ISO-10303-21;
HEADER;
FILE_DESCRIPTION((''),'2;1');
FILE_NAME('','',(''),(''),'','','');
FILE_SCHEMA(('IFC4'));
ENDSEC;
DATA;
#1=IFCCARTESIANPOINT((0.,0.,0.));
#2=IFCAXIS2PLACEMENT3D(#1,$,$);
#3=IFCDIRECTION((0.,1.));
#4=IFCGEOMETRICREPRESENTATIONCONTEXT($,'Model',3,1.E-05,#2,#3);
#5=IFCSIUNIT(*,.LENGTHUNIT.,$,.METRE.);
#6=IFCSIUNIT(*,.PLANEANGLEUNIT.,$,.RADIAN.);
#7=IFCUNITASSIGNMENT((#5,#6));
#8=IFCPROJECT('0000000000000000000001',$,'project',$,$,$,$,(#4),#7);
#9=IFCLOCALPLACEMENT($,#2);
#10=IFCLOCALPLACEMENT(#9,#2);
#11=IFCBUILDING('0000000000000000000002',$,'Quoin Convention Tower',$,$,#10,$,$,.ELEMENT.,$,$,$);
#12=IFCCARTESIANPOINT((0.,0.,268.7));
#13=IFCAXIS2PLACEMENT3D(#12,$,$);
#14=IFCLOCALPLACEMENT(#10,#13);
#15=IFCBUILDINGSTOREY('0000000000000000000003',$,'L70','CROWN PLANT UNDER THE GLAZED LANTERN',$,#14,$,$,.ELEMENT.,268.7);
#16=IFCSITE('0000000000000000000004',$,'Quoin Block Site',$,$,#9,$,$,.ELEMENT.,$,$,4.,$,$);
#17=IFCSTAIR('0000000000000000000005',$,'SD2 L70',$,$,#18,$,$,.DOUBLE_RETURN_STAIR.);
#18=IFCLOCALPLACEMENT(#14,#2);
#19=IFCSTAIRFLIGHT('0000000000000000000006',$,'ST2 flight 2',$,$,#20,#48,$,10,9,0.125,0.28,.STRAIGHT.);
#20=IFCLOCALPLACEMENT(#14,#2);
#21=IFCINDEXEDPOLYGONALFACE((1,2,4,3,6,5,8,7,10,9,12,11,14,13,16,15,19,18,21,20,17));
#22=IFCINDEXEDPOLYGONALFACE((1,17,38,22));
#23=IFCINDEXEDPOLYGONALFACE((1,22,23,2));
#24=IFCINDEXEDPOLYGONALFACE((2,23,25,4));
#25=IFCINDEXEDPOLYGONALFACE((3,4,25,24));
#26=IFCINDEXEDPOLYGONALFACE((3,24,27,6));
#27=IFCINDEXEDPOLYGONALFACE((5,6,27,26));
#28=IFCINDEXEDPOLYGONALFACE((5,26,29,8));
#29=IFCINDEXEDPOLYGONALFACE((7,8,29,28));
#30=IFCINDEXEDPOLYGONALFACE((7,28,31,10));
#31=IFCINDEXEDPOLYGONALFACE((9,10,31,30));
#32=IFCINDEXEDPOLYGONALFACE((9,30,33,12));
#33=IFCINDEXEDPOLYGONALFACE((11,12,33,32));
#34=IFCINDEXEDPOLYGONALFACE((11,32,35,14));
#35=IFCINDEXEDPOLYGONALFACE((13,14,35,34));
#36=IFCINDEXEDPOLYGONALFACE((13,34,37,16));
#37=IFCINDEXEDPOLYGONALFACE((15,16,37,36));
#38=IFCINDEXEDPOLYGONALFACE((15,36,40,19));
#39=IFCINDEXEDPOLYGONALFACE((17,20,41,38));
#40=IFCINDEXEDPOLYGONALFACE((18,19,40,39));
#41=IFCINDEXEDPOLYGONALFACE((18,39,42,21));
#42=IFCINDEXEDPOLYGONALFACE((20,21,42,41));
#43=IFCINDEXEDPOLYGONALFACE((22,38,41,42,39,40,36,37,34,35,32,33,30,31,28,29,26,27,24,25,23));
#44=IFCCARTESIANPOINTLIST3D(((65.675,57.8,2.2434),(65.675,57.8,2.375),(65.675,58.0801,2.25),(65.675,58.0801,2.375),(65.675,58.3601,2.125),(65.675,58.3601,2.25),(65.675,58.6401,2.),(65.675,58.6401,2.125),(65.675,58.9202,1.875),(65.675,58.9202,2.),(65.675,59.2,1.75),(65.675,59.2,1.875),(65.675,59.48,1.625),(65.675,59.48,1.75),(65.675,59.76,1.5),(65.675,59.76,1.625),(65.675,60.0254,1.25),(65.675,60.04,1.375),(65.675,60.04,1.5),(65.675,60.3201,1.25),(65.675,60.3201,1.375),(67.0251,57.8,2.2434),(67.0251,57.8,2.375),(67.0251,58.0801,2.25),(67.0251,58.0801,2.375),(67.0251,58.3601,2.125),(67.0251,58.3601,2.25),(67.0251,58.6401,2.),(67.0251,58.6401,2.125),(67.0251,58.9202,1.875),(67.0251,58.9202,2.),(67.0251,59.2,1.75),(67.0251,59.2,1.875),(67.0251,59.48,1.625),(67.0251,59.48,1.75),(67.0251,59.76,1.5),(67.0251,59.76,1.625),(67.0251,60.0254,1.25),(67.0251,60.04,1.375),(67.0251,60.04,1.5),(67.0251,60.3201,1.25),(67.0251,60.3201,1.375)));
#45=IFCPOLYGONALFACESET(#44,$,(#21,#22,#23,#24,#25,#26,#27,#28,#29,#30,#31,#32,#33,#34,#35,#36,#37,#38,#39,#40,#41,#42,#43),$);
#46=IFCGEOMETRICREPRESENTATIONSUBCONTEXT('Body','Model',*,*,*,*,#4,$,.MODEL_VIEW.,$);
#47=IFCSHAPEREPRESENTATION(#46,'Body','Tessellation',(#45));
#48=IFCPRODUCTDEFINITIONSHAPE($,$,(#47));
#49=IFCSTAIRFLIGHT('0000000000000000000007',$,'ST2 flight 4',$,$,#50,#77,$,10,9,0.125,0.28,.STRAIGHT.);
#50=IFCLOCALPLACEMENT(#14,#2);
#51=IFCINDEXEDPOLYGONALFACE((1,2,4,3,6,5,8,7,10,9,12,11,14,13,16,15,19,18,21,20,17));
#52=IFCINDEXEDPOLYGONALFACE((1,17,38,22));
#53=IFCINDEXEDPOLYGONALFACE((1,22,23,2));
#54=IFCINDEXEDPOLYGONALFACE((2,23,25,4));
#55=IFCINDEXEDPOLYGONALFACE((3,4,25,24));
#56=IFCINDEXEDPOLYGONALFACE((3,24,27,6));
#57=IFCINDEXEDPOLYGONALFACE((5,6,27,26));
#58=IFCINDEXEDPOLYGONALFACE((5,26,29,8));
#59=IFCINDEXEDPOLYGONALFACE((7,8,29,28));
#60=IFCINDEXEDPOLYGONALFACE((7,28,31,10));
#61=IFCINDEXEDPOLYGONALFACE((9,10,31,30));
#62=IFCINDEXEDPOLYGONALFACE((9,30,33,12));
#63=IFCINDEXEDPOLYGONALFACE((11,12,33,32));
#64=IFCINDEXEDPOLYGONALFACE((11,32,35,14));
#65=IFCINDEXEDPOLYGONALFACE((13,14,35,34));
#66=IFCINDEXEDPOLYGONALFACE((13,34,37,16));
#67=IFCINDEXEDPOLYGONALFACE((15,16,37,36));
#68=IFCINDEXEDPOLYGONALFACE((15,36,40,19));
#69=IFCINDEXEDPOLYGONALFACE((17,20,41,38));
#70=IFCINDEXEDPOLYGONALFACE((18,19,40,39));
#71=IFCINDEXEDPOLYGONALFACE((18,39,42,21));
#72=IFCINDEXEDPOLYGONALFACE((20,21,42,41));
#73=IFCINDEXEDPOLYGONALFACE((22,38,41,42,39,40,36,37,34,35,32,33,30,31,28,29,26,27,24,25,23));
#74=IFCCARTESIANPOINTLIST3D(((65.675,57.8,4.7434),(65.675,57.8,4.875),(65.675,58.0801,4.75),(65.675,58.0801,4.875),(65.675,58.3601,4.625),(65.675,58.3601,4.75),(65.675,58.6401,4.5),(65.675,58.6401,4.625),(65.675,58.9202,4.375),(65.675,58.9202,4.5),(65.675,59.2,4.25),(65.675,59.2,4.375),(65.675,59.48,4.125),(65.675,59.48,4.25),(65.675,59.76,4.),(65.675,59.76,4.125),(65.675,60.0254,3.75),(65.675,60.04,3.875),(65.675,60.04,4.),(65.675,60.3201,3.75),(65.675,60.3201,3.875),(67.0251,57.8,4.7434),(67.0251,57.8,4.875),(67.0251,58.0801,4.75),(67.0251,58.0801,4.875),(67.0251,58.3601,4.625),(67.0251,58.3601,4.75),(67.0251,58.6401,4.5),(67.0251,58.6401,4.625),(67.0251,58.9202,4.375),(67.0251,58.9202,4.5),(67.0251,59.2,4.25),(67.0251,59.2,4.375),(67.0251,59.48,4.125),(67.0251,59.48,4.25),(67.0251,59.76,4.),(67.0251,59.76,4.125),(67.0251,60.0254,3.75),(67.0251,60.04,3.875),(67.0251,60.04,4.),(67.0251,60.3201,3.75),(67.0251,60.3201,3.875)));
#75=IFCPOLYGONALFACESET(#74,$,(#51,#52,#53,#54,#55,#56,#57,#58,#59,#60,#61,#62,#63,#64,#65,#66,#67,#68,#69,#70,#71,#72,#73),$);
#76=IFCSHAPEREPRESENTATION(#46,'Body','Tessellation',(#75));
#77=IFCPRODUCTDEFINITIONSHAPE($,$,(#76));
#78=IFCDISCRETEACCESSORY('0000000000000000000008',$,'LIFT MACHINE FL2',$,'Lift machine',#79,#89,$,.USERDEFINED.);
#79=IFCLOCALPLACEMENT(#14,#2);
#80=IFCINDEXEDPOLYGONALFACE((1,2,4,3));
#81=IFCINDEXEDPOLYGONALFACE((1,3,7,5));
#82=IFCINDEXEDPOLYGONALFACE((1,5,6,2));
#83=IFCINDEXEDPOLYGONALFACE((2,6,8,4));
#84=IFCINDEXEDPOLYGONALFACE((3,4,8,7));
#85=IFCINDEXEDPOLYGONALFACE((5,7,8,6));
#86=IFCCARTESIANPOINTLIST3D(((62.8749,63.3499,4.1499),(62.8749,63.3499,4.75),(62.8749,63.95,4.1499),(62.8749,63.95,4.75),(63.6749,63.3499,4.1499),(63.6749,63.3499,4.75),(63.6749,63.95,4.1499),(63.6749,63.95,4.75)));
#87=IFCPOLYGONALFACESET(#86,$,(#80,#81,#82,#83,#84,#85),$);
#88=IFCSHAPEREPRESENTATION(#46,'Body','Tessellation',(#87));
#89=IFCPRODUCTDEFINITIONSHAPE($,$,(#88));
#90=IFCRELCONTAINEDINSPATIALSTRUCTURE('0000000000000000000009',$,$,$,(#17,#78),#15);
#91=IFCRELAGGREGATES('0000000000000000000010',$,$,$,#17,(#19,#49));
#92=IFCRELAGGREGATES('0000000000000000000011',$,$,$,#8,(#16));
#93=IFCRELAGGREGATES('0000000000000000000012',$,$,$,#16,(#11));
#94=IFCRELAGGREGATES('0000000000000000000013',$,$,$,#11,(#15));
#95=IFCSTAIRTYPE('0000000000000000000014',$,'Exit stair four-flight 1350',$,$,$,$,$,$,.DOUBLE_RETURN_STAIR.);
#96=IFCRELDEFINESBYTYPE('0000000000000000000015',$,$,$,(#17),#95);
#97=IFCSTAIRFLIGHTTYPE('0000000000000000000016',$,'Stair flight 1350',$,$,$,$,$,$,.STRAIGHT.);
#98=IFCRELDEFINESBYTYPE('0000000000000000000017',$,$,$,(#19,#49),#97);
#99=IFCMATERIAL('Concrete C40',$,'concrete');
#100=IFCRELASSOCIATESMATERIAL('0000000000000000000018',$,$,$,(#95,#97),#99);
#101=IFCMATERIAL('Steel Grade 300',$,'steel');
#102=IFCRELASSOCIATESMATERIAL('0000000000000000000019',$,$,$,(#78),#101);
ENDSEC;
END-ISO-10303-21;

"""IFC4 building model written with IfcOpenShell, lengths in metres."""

from ifc_helpers import new_model, si_unit, direction, frame, origin, origin_2d, place, context, subcontext, project, spatial, polyline, rectangle, outline, extrude, material, type_object, element, aggregate, save


model = new_model("IFC4")

# Units and contexts
model_context = context("Model", 3, precision=1e-05, world=origin(), true_north=direction((0.0, 1.0)))
body_context = subcontext(model_context, "Body", "Model", "MODEL_VIEW")
ifc_project = project(units=[si_unit("LENGTHUNIT", "METRE"), si_unit("PLANEANGLEUNIT", "RADIAN")], contexts=[model_context])

# Site, building, storey
site_placement = place(None, origin())
site = spatial("IfcSite", under=ifc_project, at=site_placement, Name="Quoin Block Site", CompositionType="ELEMENT", RefElevation=4.0)
building_placement = place(site_placement, origin())
building = spatial("IfcBuilding", under=site, at=building_placement, Name="Quoin Convention Tower", CompositionType="ELEMENT")
storey_placement = place(building_placement, frame((0.0, 0.0, 268.7)))
storey = spatial("IfcBuildingStorey", under=building, at=storey_placement, Name="L70", Description="CROWN PLANT UNDER THE GLAZED LANTERN", CompositionType="ELEMENT", Elevation=268.7)

# Shared definitions
ifc_material_1 = material(Name="Concrete C40", Category="concrete")

# Shared definitions
ifc_material_2 = material(Name="Steel Grade 300", Category="steel")

# Stair, stair flights
stair_type = type_object("IfcStairType", Name="Exit stair four-flight 1350", PredefinedType="DOUBLE_RETURN_STAIR", material=ifc_material_1)
stair_placement = place(storey_placement, origin())
stair = element("IfcStair", 1, at=stair_placement, inside=storey, type_object=stair_type, Name="SD2 L70", PredefinedType="DOUBLE_RETURN_STAIR")
stair_flight_type = type_object("IfcStairFlightType", Name="Stair flight 1350", PredefinedType="STRAIGHT", material=ifc_material_1)
stair_flight_1_placement = place(storey_placement, frame((66.3501, 60.3201, 1.25), z_axis=(0.0, 0.0, 1.0), x_axis=(0.0, -1.0, 0.0)))
stair_flight_1 = element("IfcStairFlight", 2, at=stair_flight_1_placement, type_object=stair_flight_type, Name="ST2 flight 2", NumberOfRisers=10, NumberOfTreads=9, PredefinedType="STRAIGHT", RiserHeight=0.125, TreadLength=0.28, context=body_context, shape_type="SweptSolid", body=[
    extrude(outline(polyline([(0.0, 0.0), (0.0, 0.125), (0.28, 0.125), (0.28, 0.25), (0.5601, 0.25), (0.5601, 0.375), (0.8401, 0.375), (0.8401, 0.5), (1.1201, 0.5), (1.1201, 0.625), (1.3999, 0.625), (1.3999, 0.75), (1.6799, 0.75), (1.6799, 0.875), (1.96, 0.875), (1.96, 1.0), (2.24, 1.0), (2.24, 1.125), (2.52, 1.125), (2.52, 1.25), (2.52, 0.9934), (0.2947, 0.0), (0.0, 0.0)])), frame((0.0, 0.675, 0.0), z_axis=(0.0, -1.0, 0.0), x_axis=(1.0, 0.0, 0.0)), (0.0, 0.0, 1.0), 1.3501),
])
stair_flight_2_placement = place(storey_placement, frame((66.3501, 60.3201, 3.75), z_axis=(0.0, 0.0, 1.0), x_axis=(0.0, -1.0, 0.0)))
stair_flight_2 = element("IfcStairFlight", 3, at=stair_flight_2_placement, type_object=stair_flight_type, Name="ST2 flight 4", NumberOfRisers=10, NumberOfTreads=9, PredefinedType="STRAIGHT", RiserHeight=0.125, TreadLength=0.28, context=body_context, shape_type="SweptSolid", body=[
    extrude(outline(polyline([(0.0, 0.0), (0.0, 0.125), (0.28, 0.125), (0.28, 0.25), (0.5601, 0.25), (0.5601, 0.375), (0.8401, 0.375), (0.8401, 0.5), (1.1201, 0.5), (1.1201, 0.625), (1.3999, 0.625), (1.3999, 0.75), (1.6799, 0.75), (1.6799, 0.875), (1.96, 0.875), (1.96, 1.0), (2.24, 1.0), (2.24, 1.125), (2.52, 1.125), (2.52, 1.25), (2.52, 0.9934), (0.2947, 0.0), (0.0, 0.0)])), frame((0.0, 0.675, 0.0), z_axis=(0.0, -1.0, 0.0), x_axis=(1.0, 0.0, 0.0)), (0.0, 0.0, 1.0), 1.3501),
])
aggregate(stair, [stair_flight_1, stair_flight_2])

# Discrete accessory
discrete_accessory_placement = place(storey_placement, frame((63.2749, 63.6499, 4.1499), z_axis=(0.0, 0.0, 1.0), x_axis=(1.0, 0.0, 0.0)))
element("IfcDiscreteAccessory", 4, at=discrete_accessory_placement, inside=storey, material=ifc_material_2, Name="LIFT MACHINE FL2", ObjectType="Lift machine", PredefinedType="USERDEFINED", context=body_context, shape_type="SweptSolid", body=[
    extrude(rectangle(XDim=0.8, YDim=0.6001, at=origin_2d()), origin(), (0.0, 0.0, 1.0), 0.6001),
])

save(model, "model.ifc")
